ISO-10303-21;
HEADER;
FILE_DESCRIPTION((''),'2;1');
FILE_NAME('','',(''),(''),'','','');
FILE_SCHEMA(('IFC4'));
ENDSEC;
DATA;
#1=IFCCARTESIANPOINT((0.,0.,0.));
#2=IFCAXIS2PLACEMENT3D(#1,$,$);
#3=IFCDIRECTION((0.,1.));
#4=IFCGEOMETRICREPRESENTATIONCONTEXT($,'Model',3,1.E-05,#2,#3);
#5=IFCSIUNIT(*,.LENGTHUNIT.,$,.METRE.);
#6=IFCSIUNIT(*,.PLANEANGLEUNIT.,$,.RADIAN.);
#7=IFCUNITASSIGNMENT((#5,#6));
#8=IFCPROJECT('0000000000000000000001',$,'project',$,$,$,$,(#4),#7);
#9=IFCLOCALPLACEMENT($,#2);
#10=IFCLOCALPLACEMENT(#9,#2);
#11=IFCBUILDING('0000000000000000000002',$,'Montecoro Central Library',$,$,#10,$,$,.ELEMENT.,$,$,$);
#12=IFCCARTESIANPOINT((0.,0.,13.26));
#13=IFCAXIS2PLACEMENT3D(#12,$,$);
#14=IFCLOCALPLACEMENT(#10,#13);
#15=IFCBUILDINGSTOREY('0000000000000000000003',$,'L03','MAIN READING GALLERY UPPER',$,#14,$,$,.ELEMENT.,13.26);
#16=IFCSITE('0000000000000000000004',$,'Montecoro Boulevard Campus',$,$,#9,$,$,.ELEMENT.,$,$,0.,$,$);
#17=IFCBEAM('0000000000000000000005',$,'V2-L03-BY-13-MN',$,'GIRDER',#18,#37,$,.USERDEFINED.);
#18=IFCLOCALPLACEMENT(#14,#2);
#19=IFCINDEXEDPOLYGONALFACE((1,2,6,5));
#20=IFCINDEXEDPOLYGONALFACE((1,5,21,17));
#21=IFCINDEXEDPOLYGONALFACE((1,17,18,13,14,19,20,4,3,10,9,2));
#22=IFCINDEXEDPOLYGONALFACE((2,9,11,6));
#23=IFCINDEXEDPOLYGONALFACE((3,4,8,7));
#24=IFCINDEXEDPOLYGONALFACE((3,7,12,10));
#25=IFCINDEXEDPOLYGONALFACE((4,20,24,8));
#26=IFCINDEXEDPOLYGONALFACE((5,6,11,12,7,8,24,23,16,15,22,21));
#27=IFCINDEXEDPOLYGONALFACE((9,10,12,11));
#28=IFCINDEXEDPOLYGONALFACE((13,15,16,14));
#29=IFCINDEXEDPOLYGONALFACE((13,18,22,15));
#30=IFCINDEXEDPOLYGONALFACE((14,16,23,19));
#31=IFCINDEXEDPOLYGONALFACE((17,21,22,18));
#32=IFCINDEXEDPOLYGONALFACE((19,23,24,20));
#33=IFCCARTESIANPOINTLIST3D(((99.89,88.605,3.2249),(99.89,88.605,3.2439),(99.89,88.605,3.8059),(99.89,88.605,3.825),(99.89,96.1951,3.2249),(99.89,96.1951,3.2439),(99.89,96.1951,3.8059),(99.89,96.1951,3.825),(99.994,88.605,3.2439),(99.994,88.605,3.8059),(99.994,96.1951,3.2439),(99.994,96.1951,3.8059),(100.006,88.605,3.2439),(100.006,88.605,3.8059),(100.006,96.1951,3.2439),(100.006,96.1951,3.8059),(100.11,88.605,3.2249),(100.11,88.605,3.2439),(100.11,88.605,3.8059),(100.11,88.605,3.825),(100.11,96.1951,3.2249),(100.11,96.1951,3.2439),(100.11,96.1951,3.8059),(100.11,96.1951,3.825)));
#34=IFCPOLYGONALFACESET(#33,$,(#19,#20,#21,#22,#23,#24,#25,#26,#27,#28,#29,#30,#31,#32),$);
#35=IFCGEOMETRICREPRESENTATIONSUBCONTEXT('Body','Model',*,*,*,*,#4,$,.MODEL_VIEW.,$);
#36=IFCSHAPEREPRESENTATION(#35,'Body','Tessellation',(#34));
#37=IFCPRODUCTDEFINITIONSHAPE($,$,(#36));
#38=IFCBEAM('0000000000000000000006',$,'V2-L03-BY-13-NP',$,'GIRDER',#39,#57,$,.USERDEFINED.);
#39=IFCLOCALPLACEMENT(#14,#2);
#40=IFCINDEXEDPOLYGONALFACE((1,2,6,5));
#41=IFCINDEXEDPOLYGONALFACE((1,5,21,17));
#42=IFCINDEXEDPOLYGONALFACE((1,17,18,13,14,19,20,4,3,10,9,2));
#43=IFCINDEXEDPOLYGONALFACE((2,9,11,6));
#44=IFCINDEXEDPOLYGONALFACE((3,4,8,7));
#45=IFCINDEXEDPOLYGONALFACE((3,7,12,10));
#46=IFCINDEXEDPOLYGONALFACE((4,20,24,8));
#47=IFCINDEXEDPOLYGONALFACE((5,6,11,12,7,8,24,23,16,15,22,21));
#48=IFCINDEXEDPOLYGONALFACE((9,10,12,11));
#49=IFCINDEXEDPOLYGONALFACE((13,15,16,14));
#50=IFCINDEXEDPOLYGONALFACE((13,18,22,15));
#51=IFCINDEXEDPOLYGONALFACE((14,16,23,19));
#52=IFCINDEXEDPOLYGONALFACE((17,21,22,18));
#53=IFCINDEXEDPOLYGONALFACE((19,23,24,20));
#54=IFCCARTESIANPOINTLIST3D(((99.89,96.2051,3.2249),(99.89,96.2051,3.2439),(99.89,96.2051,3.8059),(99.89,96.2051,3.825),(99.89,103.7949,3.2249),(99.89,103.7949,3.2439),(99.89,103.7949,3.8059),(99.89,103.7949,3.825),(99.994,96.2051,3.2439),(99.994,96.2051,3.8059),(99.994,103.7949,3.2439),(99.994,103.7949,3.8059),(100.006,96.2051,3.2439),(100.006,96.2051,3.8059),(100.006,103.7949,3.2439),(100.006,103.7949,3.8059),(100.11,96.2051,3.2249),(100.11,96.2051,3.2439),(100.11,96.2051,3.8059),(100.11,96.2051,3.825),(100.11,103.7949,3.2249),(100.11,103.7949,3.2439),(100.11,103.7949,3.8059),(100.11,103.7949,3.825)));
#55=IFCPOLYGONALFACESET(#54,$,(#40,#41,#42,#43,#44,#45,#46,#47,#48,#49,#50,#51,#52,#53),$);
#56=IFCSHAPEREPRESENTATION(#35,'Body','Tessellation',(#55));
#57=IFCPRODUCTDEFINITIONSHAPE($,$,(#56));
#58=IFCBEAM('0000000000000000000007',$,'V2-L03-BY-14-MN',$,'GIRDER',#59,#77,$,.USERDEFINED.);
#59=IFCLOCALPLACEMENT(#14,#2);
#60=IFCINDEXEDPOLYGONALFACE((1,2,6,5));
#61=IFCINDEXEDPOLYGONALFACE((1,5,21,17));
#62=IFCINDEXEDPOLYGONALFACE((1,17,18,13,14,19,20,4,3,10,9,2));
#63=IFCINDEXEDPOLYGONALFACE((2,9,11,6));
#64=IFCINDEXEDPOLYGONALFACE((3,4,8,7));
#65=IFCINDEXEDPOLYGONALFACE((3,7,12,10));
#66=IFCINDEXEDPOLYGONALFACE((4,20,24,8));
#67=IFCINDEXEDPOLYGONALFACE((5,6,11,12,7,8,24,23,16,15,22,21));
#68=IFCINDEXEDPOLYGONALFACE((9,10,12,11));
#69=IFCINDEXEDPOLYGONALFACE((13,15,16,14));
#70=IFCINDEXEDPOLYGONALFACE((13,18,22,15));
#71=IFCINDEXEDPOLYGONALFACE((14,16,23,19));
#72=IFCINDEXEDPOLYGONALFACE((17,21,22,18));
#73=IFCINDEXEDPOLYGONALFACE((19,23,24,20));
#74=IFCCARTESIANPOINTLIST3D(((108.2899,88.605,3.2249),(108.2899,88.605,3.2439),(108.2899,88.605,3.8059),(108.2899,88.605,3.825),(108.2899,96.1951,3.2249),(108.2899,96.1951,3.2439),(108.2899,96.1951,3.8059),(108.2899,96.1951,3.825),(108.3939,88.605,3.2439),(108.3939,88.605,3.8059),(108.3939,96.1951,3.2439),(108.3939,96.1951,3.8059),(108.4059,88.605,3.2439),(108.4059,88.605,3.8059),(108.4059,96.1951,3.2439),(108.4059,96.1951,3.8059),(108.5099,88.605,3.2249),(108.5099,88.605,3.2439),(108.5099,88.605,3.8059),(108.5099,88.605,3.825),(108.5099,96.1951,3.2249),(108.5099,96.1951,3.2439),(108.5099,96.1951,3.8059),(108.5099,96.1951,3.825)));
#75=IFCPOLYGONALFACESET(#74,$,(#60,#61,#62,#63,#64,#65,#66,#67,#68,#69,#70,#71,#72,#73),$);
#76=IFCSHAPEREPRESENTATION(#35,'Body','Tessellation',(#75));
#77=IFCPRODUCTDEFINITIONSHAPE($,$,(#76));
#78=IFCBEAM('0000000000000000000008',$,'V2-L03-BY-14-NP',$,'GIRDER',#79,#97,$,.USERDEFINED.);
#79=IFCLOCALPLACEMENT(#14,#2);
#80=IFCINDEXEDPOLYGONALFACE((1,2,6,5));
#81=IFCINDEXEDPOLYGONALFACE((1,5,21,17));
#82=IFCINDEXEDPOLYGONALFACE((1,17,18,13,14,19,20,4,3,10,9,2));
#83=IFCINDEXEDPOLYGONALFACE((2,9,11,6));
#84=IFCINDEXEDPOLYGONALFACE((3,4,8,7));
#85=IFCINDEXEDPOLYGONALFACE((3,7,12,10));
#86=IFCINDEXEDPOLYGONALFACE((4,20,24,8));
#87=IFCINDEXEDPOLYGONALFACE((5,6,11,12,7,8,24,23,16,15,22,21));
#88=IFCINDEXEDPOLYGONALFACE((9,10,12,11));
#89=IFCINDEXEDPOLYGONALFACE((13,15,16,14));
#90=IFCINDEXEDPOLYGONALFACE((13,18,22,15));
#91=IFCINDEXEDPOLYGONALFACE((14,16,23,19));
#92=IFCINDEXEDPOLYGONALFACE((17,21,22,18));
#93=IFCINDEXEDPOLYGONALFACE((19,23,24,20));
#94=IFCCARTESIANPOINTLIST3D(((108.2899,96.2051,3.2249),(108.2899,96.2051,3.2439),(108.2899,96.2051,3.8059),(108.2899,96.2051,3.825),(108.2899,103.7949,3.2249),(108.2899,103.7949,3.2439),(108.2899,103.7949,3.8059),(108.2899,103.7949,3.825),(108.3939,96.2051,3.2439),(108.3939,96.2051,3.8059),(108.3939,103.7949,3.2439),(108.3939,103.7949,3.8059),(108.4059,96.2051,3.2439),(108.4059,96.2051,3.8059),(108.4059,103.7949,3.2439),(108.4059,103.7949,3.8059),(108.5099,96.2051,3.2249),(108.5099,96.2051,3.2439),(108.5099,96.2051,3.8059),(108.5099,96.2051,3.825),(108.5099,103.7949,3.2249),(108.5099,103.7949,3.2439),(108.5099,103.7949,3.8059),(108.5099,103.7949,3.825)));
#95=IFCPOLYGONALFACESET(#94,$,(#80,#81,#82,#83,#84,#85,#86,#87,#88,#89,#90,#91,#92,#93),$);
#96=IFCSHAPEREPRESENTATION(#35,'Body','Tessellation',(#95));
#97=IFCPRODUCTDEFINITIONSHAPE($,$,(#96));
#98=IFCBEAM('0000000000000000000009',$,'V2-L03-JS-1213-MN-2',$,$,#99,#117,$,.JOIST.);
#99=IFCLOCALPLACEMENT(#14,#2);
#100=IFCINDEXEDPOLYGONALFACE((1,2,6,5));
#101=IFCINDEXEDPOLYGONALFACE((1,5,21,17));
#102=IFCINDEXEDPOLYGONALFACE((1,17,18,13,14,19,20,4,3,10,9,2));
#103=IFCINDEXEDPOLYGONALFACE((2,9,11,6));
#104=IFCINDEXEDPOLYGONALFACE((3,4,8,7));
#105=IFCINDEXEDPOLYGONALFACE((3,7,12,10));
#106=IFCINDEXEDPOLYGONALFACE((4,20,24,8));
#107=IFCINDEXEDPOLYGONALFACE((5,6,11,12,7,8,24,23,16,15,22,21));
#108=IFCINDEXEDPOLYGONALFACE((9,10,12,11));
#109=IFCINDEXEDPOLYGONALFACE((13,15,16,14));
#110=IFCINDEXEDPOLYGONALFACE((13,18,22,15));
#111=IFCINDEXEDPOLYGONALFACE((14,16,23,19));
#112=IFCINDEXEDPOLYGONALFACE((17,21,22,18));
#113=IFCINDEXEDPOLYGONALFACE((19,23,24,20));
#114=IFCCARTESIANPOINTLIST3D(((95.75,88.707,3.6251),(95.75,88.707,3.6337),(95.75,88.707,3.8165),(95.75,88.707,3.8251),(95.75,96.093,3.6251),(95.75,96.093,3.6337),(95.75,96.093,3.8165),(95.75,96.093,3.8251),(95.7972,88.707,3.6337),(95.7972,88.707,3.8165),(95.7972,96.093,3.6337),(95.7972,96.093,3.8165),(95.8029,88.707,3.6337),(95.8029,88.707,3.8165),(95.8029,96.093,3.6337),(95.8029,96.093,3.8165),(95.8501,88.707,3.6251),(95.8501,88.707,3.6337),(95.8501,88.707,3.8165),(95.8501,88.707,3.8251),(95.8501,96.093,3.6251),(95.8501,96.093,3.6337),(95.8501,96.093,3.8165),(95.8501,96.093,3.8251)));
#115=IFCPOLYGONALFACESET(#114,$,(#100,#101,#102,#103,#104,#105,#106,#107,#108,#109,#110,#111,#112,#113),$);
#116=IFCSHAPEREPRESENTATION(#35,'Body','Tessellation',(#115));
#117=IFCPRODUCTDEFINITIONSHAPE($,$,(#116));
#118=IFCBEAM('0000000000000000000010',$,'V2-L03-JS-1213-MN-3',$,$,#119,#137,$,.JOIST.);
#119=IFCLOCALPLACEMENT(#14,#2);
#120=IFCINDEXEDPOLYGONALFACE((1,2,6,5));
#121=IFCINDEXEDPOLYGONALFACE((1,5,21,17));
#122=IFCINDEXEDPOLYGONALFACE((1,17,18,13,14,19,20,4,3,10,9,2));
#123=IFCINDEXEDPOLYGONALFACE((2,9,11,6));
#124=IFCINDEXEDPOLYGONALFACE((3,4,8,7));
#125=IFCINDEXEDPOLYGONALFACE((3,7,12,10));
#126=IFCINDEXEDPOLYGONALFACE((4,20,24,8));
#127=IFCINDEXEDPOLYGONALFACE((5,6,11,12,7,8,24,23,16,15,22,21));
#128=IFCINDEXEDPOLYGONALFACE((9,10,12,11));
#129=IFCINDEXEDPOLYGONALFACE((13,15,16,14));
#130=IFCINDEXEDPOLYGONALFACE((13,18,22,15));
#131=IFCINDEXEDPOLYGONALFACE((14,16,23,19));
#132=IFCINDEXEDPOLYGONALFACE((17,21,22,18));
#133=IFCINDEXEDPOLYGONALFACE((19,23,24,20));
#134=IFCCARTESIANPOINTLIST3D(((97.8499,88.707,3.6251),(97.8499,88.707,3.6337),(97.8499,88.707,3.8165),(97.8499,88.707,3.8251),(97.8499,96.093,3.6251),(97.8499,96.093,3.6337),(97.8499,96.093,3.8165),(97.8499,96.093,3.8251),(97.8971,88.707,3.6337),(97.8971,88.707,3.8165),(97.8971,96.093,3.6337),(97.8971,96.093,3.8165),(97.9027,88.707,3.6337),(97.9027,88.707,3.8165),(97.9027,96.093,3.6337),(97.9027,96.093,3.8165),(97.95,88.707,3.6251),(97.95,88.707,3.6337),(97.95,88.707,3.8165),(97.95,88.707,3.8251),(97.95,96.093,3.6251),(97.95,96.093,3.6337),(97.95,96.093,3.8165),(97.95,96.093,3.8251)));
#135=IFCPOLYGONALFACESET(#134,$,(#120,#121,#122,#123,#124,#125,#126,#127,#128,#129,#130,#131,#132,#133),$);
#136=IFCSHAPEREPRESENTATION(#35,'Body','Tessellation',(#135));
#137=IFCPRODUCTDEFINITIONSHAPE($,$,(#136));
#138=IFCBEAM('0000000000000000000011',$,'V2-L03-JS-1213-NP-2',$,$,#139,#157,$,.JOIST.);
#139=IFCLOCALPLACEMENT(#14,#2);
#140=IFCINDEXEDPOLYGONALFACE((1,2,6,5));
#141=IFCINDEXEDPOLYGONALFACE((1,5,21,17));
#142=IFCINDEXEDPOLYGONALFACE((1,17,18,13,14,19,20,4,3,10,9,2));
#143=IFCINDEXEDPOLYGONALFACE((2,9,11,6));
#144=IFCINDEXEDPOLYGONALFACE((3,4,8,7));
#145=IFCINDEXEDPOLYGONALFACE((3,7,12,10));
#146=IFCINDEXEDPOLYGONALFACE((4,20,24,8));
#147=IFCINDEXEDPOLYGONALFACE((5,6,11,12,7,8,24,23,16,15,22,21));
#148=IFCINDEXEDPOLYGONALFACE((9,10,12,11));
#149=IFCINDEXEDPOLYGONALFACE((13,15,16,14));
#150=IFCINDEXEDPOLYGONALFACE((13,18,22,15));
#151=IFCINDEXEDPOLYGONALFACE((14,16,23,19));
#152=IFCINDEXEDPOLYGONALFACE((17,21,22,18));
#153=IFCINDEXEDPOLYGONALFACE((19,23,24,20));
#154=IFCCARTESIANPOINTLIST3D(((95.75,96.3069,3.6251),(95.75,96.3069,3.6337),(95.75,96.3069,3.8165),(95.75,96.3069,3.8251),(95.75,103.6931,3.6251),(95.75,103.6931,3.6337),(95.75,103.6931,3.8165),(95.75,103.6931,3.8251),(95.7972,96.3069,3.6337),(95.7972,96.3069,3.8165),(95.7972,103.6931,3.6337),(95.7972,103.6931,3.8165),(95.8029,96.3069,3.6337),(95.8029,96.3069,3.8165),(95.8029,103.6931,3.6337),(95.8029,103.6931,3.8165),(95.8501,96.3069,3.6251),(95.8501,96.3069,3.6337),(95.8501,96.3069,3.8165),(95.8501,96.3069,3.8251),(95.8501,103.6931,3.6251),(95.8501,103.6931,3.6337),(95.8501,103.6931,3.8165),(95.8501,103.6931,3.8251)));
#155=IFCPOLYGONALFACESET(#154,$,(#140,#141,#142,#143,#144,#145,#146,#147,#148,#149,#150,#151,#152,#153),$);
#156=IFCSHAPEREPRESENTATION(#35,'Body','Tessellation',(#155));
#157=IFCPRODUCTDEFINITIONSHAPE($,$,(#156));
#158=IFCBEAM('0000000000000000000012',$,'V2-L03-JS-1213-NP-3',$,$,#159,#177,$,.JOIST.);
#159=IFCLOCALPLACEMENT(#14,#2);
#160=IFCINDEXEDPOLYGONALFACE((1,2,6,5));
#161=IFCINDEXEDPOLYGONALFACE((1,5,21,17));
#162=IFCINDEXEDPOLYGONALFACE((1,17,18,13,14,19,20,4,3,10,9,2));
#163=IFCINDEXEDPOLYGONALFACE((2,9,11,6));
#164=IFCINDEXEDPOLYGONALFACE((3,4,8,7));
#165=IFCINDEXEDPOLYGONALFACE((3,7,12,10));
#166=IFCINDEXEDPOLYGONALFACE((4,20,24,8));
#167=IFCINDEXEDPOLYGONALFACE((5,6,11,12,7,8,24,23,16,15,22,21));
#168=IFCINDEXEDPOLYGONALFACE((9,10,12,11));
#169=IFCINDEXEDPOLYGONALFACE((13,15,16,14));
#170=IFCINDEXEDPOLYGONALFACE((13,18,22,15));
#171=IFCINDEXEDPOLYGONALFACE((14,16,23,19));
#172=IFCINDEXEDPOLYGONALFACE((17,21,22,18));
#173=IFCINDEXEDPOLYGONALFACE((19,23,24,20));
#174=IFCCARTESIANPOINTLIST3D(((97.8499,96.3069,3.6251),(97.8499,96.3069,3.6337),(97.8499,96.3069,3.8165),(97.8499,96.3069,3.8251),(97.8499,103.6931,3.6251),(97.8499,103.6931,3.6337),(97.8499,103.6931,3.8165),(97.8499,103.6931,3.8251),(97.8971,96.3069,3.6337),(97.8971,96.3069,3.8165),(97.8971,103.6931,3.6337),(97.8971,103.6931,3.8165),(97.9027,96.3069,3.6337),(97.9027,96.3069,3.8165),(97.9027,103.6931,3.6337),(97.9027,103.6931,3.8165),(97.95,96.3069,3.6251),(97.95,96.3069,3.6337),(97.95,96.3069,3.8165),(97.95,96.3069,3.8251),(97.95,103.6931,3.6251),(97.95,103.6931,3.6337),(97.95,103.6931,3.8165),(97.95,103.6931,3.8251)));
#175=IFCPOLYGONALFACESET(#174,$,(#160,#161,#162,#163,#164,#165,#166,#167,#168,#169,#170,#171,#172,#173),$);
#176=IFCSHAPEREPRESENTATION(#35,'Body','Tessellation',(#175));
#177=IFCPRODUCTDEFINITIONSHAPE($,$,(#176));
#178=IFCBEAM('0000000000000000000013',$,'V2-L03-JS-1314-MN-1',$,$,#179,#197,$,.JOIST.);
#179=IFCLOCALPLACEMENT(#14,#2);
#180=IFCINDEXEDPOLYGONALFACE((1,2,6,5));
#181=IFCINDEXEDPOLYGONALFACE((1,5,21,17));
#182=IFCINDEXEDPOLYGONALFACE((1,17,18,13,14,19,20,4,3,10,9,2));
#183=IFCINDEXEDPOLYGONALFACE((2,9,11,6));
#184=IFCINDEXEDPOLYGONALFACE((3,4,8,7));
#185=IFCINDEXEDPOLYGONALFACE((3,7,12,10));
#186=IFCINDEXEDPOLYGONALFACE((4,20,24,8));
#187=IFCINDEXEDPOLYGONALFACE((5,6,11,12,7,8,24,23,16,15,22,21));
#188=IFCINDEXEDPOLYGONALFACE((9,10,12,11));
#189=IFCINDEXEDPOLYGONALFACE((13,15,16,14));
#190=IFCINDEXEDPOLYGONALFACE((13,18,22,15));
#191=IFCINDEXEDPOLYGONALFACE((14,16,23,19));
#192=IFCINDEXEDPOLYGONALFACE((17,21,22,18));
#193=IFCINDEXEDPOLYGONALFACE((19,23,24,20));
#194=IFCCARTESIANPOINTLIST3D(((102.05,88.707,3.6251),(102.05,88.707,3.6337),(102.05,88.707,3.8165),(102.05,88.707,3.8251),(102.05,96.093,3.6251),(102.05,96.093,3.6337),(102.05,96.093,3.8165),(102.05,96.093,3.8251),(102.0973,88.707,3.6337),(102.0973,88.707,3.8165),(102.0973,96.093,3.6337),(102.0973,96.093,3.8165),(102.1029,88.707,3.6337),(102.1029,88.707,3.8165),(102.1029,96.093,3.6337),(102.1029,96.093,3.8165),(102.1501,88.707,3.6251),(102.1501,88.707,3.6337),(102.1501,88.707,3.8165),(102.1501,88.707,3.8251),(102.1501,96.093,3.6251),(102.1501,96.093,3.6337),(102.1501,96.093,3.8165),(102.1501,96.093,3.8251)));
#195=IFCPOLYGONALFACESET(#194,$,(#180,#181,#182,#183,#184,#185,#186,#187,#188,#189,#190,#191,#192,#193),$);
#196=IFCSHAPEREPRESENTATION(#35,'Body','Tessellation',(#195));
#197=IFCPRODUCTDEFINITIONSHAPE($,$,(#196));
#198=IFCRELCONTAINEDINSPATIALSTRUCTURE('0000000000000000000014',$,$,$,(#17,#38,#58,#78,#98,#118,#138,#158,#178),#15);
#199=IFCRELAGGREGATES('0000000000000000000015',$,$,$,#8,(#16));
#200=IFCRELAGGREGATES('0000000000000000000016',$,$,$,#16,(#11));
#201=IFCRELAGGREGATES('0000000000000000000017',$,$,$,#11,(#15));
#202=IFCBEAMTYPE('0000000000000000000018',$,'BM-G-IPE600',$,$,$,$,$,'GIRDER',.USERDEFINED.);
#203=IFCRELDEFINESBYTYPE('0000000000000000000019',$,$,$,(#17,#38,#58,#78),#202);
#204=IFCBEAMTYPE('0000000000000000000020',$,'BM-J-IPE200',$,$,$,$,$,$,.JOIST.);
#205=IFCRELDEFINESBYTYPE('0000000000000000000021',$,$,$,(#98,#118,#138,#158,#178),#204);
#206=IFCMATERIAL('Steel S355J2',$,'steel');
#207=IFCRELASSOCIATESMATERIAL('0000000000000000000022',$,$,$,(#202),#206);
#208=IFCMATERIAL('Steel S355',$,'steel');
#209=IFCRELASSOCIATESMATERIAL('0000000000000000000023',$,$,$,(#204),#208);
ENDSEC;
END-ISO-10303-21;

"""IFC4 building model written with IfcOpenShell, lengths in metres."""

from ifc_helpers import new_model, si_unit, direction, frame, origin, origin_2d, place, context, subcontext, project, spatial, i_section, extrude, material, material_profile, profile_set, type_object, element, save


model = new_model("IFC4")

# Units and contexts
model_context = context("Model", 3, precision=1e-05, world=origin(), true_north=direction((0.0, 1.0)))
body_context = subcontext(model_context, "Body", "Model", "MODEL_VIEW")
ifc_project = project(units=[si_unit("LENGTHUNIT", "METRE"), si_unit("PLANEANGLEUNIT", "RADIAN")], contexts=[model_context])

# Site, building, storey
site_placement = place(None, origin())
site = spatial("IfcSite", under=ifc_project, at=site_placement, Name="Montecoro Boulevard Campus", CompositionType="ELEMENT", RefElevation=0.0)
building_placement = place(site_placement, origin())
building = spatial("IfcBuilding", under=site, at=building_placement, Name="Montecoro Central Library", CompositionType="ELEMENT")
storey_placement = place(building_placement, frame((0.0, 0.0, 13.26)))
storey = spatial("IfcBuildingStorey", under=building, at=storey_placement, Name="L03", Description="MAIN READING GALLERY UPPER", CompositionType="ELEMENT", Elevation=13.26)

# Shared definitions
ifc_material_1 = material(Name="Steel S355", Category="steel")

# Beams
ifc_material_2 = material(Name="Steel S355J2", Category="steel")
ifc_material_profile_1 = material_profile(ifc_material_2, i_section(OverallWidth=0.22, OverallDepth=0.6001, WebThickness=0.012, FlangeThickness=0.019, at=origin_2d()), Name="IPE 600")
ifc_profile_set_1 = profile_set([ifc_material_profile_1], Name="Steel S355J2")
beam_type_1 = type_object("IfcBeamType", Name="BM-G-IPE600", ElementType="GIRDER", PredefinedType="USERDEFINED", material=ifc_profile_set_1)
beam_1_placement = place(storey_placement, frame((100.0, 88.605, 3.5249), z_axis=(0.0, 1.0, 0.0), x_axis=(-1.0, 0.0, 0.0)))
element("IfcBeam", 1, at=beam_1_placement, inside=storey, type_object=beam_type_1, Name="V2-L03-BY-13-MN", ObjectType="GIRDER", PredefinedType="USERDEFINED", context=body_context, shape_type="SweptSolid", body=[
    extrude(i_section(OverallWidth=0.22, OverallDepth=0.6001, WebThickness=0.012, FlangeThickness=0.019, at=origin_2d()), origin(), (0.0, 0.0, 1.0), 7.5901),
])
beam_2_placement = place(storey_placement, frame((100.0, 96.2051, 3.5249), z_axis=(0.0, 1.0, 0.0), x_axis=(-1.0, 0.0, 0.0)))
element("IfcBeam", 2, at=beam_2_placement, inside=storey, type_object=beam_type_1, Name="V2-L03-BY-13-NP", ObjectType="GIRDER", PredefinedType="USERDEFINED", context=body_context, shape_type="SweptSolid", body=[
    extrude(i_section(OverallWidth=0.22, OverallDepth=0.6001, WebThickness=0.012, FlangeThickness=0.019, at=origin_2d()), origin(), (0.0, 0.0, 1.0), 7.5898),
])
beam_3_placement = place(storey_placement, frame((108.3999, 88.605, 3.5249), z_axis=(0.0, 1.0, 0.0), x_axis=(-1.0, 0.0, 0.0)))
element("IfcBeam", 3, at=beam_3_placement, inside=storey, type_object=beam_type_1, Name="V2-L03-BY-14-MN", ObjectType="GIRDER", PredefinedType="USERDEFINED", context=body_context, shape_type="SweptSolid", body=[
    extrude(i_section(OverallWidth=0.22, OverallDepth=0.6001, WebThickness=0.012, FlangeThickness=0.019, at=origin_2d()), origin(), (0.0, 0.0, 1.0), 7.5901),
])
beam_4_placement = place(storey_placement, frame((108.3999, 96.2051, 3.5249), z_axis=(0.0, 1.0, 0.0), x_axis=(-1.0, 0.0, 0.0)))
element("IfcBeam", 4, at=beam_4_placement, inside=storey, type_object=beam_type_1, Name="V2-L03-BY-14-NP", ObjectType="GIRDER", PredefinedType="USERDEFINED", context=body_context, shape_type="SweptSolid", body=[
    extrude(i_section(OverallWidth=0.22, OverallDepth=0.6001, WebThickness=0.012, FlangeThickness=0.019, at=origin_2d()), origin(), (0.0, 0.0, 1.0), 7.5898),
])
ifc_material_profile_2 = material_profile(ifc_material_1, i_section(OverallWidth=0.1001, OverallDepth=0.2, WebThickness=0.0056, FlangeThickness=0.0085, at=origin_2d()), Name="IPE 200")
ifc_profile_set_2 = profile_set([ifc_material_profile_2], Name="Steel S355")
beam_type_2 = type_object("IfcBeamType", Name="BM-J-IPE200", PredefinedType="JOIST", material=ifc_profile_set_2)
for number, where, z_axis, x_axis, name in (
    (5, (95.8, 88.707, 3.7251), (0.0, 1.0, 0.0), (-1.0, 0.0, 0.0), "V2-L03-JS-1213-MN-2"),
    (6, (97.8999, 88.707, 3.7251), (0.0, 1.0, 0.0), (-1.0, 0.0, 0.0), "V2-L03-JS-1213-MN-3"),
):
    element("IfcBeam", number, at=place(storey_placement, frame(where, z_axis=z_axis, x_axis=x_axis)), inside=storey, type_object=beam_type_2, Name=name, PredefinedType="JOIST", context=body_context, shape_type="SweptSolid", body=[
        extrude(i_section(OverallWidth=0.1001, OverallDepth=0.2, WebThickness=0.0056, FlangeThickness=0.0085, at=origin_2d()), origin(), (0.0, 0.0, 1.0), 7.386),
    ])
for number, where, z_axis, x_axis, name in (
    (7, (95.8, 96.3069, 3.7251), (0.0, 1.0, 0.0), (-1.0, 0.0, 0.0), "V2-L03-JS-1213-NP-2"),
    (8, (97.8999, 96.3069, 3.7251), (0.0, 1.0, 0.0), (-1.0, 0.0, 0.0), "V2-L03-JS-1213-NP-3"),
):
    element("IfcBeam", number, at=place(storey_placement, frame(where, z_axis=z_axis, x_axis=x_axis)), inside=storey, type_object=beam_type_2, Name=name, PredefinedType="JOIST", context=body_context, shape_type="SweptSolid", body=[
        extrude(i_section(OverallWidth=0.1001, OverallDepth=0.2, WebThickness=0.0056, FlangeThickness=0.0085, at=origin_2d()), origin(), (0.0, 0.0, 1.0), 7.3862),
    ])
for number, where, z_axis, x_axis, name in (
    (9, (102.1001, 88.707, 3.7251), (0.0, 1.0, 0.0), (-1.0, 0.0, 0.0), "V2-L03-JS-1314-MN-1"),
):
    element("IfcBeam", number, at=place(storey_placement, frame(where, z_axis=z_axis, x_axis=x_axis)), inside=storey, type_object=beam_type_2, Name=name, PredefinedType="JOIST", context=body_context, shape_type="SweptSolid", body=[
        extrude(i_section(OverallWidth=0.1001, OverallDepth=0.2, WebThickness=0.0056, FlangeThickness=0.0085, at=origin_2d()), origin(), (0.0, 0.0, 1.0), 7.386),
    ])

save(model, "model.ifc")
